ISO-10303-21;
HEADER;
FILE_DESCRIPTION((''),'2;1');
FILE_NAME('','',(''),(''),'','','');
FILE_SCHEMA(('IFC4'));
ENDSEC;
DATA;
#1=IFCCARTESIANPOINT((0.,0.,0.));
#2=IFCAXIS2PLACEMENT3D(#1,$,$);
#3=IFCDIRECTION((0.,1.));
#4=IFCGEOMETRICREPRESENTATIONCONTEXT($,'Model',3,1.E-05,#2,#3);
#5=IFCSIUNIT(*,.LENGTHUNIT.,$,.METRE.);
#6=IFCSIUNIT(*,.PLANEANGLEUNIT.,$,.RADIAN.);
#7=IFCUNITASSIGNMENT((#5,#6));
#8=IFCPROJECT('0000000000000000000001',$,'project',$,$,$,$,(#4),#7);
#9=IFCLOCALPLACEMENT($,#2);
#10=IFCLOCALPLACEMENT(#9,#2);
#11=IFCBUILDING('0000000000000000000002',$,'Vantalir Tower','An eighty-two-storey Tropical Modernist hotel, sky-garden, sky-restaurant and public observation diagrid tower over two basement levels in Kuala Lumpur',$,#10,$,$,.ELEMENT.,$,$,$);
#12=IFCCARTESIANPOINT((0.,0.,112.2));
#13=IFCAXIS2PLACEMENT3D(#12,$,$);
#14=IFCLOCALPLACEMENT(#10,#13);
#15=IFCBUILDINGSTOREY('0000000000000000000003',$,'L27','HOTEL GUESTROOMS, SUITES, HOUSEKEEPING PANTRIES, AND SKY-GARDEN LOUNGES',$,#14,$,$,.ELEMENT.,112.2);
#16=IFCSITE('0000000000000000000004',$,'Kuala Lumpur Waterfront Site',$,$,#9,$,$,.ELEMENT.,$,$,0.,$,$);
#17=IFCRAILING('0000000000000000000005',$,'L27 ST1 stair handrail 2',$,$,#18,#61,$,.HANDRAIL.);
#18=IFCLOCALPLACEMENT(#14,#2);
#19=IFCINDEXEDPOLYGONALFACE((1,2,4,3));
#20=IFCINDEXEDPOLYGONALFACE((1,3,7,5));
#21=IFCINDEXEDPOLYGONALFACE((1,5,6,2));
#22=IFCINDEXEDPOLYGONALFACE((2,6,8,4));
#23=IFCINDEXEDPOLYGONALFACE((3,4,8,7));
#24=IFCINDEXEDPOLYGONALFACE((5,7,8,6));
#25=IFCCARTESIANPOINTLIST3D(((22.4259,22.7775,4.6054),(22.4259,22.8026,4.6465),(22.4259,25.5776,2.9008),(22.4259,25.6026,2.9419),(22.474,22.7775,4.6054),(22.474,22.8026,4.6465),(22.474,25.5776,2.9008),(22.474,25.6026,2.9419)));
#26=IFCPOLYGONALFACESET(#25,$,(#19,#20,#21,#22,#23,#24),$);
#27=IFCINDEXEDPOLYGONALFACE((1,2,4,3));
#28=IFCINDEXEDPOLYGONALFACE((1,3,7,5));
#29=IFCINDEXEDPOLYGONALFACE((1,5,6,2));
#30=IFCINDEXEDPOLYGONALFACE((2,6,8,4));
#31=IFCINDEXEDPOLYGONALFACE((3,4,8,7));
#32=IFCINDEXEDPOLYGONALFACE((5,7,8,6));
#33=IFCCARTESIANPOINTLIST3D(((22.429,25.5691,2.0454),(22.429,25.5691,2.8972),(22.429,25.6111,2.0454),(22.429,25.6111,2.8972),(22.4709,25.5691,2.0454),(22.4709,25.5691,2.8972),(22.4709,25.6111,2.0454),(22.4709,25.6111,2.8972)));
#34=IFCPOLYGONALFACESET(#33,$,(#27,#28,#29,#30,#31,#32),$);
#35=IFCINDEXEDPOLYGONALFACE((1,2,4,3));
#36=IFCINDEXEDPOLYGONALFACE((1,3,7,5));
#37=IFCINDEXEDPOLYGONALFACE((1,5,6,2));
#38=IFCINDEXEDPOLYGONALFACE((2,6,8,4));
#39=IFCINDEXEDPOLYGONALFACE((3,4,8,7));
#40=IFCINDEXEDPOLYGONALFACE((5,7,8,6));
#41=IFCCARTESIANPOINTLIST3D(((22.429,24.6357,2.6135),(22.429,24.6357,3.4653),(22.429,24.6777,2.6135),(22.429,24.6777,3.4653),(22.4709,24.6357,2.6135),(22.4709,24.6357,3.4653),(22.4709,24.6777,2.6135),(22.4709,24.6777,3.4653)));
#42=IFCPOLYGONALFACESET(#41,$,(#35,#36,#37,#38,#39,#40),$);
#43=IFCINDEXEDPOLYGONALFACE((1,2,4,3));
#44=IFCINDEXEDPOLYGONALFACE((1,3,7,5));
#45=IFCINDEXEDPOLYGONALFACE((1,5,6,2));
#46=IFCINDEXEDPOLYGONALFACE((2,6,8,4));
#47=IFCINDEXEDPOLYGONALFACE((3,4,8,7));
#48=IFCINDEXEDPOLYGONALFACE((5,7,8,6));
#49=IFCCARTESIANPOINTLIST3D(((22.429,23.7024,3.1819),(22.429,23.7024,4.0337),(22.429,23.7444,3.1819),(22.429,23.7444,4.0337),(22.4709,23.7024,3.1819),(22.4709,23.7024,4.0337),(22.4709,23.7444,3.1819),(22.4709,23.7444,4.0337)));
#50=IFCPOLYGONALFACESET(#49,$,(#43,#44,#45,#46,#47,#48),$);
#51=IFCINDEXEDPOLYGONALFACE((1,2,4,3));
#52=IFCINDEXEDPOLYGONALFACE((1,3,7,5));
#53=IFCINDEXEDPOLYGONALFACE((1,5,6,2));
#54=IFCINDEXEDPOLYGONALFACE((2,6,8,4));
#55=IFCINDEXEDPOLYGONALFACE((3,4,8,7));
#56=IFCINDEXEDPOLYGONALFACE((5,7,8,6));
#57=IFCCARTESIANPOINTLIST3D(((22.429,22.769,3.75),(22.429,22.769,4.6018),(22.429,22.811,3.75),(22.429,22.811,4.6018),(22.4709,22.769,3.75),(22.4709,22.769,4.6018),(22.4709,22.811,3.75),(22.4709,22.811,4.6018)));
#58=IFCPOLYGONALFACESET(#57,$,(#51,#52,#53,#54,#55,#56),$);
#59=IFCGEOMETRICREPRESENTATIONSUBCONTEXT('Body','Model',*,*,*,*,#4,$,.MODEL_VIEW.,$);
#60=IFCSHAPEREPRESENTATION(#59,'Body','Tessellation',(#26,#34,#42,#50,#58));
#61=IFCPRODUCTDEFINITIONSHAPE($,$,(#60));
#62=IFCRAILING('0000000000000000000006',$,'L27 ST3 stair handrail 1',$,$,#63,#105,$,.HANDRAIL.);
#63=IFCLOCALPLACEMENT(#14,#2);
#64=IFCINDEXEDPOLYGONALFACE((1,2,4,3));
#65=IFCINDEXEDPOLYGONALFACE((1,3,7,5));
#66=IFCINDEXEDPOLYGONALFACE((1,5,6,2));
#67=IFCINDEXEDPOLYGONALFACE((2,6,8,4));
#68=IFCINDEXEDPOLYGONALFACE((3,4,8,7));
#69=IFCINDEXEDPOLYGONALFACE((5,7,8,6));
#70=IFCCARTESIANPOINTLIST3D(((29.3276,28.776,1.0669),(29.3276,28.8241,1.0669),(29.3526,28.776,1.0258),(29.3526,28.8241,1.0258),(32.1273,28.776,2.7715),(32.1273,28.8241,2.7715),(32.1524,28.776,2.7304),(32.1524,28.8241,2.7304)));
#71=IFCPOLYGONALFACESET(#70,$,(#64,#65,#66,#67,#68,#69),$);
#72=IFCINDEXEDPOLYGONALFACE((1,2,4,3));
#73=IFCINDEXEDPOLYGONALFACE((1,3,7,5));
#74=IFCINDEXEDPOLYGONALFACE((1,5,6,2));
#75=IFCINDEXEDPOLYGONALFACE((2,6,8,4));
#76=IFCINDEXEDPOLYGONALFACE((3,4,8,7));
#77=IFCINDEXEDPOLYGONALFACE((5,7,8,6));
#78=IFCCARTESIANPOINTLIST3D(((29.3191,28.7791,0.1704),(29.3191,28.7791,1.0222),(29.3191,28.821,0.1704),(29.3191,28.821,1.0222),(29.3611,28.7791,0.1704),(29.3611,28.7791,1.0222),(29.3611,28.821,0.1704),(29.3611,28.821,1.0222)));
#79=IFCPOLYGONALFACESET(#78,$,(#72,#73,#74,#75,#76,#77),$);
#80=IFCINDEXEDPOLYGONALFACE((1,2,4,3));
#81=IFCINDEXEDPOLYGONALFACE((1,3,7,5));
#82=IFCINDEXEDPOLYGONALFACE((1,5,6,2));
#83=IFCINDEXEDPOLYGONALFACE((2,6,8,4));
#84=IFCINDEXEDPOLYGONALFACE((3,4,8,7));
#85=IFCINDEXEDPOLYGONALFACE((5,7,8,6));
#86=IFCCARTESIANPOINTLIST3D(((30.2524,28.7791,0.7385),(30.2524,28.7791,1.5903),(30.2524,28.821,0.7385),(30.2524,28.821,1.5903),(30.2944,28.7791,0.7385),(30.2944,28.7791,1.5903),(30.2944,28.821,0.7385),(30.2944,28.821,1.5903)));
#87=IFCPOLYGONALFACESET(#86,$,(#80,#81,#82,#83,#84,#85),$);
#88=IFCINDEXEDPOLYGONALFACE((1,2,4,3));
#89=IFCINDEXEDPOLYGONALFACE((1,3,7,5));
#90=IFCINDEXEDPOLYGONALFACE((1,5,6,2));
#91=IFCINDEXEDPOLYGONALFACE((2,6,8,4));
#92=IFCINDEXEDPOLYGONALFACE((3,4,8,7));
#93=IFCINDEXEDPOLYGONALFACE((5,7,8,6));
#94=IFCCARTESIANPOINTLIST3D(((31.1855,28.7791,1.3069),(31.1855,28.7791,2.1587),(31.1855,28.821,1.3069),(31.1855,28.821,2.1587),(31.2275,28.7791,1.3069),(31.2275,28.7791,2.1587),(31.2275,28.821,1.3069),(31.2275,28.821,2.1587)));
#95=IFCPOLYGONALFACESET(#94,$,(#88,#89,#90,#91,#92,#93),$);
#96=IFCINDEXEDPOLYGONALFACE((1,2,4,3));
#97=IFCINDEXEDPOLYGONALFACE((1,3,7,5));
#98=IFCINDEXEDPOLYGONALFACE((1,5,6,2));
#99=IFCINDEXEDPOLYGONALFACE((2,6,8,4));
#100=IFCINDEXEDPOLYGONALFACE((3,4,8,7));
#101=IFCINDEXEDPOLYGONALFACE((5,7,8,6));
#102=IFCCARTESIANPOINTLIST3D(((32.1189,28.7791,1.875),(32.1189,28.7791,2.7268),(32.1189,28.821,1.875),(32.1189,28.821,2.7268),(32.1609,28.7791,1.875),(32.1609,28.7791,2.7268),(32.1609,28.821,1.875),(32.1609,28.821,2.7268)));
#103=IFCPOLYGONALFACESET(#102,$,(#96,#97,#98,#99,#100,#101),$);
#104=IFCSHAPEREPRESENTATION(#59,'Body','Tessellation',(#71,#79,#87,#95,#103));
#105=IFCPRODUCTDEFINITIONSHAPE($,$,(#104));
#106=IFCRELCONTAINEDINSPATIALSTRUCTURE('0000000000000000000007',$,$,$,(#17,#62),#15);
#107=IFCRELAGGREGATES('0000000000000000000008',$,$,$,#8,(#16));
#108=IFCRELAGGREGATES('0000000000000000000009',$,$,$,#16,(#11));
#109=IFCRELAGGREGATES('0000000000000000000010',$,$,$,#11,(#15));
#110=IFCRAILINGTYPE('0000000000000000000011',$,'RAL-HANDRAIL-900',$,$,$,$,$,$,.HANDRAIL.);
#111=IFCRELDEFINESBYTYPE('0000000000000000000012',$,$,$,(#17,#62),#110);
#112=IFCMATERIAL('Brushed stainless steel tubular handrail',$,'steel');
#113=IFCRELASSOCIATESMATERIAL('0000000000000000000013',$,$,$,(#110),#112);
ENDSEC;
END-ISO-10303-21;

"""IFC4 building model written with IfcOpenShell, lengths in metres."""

from ifc_helpers import new_model, si_unit, direction, frame, origin, origin_2d, place, context, subcontext, project, spatial, rectangle, extrude, material, type_object, element, save


model = new_model("IFC4")

# Units and contexts
model_context = context("Model", 3, precision=1e-05, world=origin(), true_north=direction((0.0, 1.0)))
body_context = subcontext(model_context, "Body", "Model", "MODEL_VIEW")
ifc_project = project(units=[si_unit("LENGTHUNIT", "METRE"), si_unit("PLANEANGLEUNIT", "RADIAN")], contexts=[model_context])

# Site, building, storey
site_placement = place(None, origin())
site = spatial("IfcSite", under=ifc_project, at=site_placement, Name="Kuala Lumpur Waterfront Site", CompositionType="ELEMENT", RefElevation=0.0)
building_placement = place(site_placement, origin())
building = spatial("IfcBuilding", under=site, at=building_placement, Name="Vantalir Tower", Description="An eighty-two-storey Tropical Modernist hotel, sky-garden, sky-restaurant and public observation diagrid tower over two basement levels in Kuala Lumpur", CompositionType="ELEMENT")
storey_placement = place(building_placement, frame((0.0, 0.0, 112.2)))
storey = spatial("IfcBuildingStorey", under=building, at=storey_placement, Name="L27", Description="HOTEL GUESTROOMS, SUITES, HOUSEKEEPING PANTRIES, AND SKY-GARDEN LOUNGES", CompositionType="ELEMENT", Elevation=112.2)

# Railings
ifc_material_1 = material(Name="Brushed stainless steel tubular handrail", Category="steel")
railing_type_1 = type_object("IfcRailingType", Name="RAL-HANDRAIL-900", PredefinedType="HANDRAIL", material=ifc_material_1)
railing_1_placement = place(storey_placement, frame((22.45, 25.5901, 2.0454)))
element("IfcRailing", 1, at=railing_1_placement, inside=storey, type_object=railing_type_1, Name="L27 ST1 stair handrail 2", PredefinedType="HANDRAIL", context=body_context, shape_type="SweptSolid", body=[
    extrude(rectangle(XDim=0.0481, YDim=0.0481, at=origin_2d()), frame((0.0, 0.0, 0.876), z_axis=(0.0, -0.85417, 0.519994), x_axis=(1.0, 0.0, 0.0)), (0.0, 0.0, 1.0), 3.2781),
    extrude(rectangle(XDim=0.042, YDim=0.042, at=origin_2d()), origin(), (0.0, 0.0, 1.0), 0.8518),
    extrude(rectangle(XDim=0.042, YDim=0.042, at=origin_2d()), frame((0.0, -0.9333, 0.5681)), (0.0, 0.0, 1.0), 0.8518),
    extrude(rectangle(XDim=0.042, YDim=0.042, at=origin_2d()), frame((0.0, -1.8667, 1.1365)), (0.0, 0.0, 1.0), 0.8518),
    extrude(rectangle(XDim=0.042, YDim=0.042, at=origin_2d()), frame((0.0, -2.8, 1.7046)), (0.0, 0.0, 1.0), 0.8518),
])
railing_2_placement = place(storey_placement, frame((29.3401, 28.8, 0.1704)))
element("IfcRailing", 2, at=railing_2_placement, inside=storey, type_object=railing_type_1, Name="L27 ST3 stair handrail 1", PredefinedType="HANDRAIL", context=body_context, shape_type="SweptSolid", body=[
    extrude(rectangle(XDim=0.0481, YDim=0.0481, at=origin_2d()), frame((0.0, 0.0, 0.876), z_axis=(0.85415, 0.0, 0.520027), x_axis=(0.0, 1.0, 0.0)), (0.0, 0.0, 1.0), 3.2778),
    extrude(rectangle(XDim=0.042, YDim=0.042, at=origin_2d()), origin(), (0.0, 0.0, 1.0), 0.8518),
    extrude(rectangle(XDim=0.042, YDim=0.042, at=origin_2d()), frame((0.9333, 0.0, 0.5681)), (0.0, 0.0, 1.0), 0.8518),
    extrude(rectangle(XDim=0.042, YDim=0.042, at=origin_2d()), frame((1.8665, 0.0, 1.1365)), (0.0, 0.0, 1.0), 0.8518),
    extrude(rectangle(XDim=0.042, YDim=0.042, at=origin_2d()), frame((2.7998, 0.0, 1.7046)), (0.0, 0.0, 1.0), 0.8518),
])

save(model, "model.ifc")
